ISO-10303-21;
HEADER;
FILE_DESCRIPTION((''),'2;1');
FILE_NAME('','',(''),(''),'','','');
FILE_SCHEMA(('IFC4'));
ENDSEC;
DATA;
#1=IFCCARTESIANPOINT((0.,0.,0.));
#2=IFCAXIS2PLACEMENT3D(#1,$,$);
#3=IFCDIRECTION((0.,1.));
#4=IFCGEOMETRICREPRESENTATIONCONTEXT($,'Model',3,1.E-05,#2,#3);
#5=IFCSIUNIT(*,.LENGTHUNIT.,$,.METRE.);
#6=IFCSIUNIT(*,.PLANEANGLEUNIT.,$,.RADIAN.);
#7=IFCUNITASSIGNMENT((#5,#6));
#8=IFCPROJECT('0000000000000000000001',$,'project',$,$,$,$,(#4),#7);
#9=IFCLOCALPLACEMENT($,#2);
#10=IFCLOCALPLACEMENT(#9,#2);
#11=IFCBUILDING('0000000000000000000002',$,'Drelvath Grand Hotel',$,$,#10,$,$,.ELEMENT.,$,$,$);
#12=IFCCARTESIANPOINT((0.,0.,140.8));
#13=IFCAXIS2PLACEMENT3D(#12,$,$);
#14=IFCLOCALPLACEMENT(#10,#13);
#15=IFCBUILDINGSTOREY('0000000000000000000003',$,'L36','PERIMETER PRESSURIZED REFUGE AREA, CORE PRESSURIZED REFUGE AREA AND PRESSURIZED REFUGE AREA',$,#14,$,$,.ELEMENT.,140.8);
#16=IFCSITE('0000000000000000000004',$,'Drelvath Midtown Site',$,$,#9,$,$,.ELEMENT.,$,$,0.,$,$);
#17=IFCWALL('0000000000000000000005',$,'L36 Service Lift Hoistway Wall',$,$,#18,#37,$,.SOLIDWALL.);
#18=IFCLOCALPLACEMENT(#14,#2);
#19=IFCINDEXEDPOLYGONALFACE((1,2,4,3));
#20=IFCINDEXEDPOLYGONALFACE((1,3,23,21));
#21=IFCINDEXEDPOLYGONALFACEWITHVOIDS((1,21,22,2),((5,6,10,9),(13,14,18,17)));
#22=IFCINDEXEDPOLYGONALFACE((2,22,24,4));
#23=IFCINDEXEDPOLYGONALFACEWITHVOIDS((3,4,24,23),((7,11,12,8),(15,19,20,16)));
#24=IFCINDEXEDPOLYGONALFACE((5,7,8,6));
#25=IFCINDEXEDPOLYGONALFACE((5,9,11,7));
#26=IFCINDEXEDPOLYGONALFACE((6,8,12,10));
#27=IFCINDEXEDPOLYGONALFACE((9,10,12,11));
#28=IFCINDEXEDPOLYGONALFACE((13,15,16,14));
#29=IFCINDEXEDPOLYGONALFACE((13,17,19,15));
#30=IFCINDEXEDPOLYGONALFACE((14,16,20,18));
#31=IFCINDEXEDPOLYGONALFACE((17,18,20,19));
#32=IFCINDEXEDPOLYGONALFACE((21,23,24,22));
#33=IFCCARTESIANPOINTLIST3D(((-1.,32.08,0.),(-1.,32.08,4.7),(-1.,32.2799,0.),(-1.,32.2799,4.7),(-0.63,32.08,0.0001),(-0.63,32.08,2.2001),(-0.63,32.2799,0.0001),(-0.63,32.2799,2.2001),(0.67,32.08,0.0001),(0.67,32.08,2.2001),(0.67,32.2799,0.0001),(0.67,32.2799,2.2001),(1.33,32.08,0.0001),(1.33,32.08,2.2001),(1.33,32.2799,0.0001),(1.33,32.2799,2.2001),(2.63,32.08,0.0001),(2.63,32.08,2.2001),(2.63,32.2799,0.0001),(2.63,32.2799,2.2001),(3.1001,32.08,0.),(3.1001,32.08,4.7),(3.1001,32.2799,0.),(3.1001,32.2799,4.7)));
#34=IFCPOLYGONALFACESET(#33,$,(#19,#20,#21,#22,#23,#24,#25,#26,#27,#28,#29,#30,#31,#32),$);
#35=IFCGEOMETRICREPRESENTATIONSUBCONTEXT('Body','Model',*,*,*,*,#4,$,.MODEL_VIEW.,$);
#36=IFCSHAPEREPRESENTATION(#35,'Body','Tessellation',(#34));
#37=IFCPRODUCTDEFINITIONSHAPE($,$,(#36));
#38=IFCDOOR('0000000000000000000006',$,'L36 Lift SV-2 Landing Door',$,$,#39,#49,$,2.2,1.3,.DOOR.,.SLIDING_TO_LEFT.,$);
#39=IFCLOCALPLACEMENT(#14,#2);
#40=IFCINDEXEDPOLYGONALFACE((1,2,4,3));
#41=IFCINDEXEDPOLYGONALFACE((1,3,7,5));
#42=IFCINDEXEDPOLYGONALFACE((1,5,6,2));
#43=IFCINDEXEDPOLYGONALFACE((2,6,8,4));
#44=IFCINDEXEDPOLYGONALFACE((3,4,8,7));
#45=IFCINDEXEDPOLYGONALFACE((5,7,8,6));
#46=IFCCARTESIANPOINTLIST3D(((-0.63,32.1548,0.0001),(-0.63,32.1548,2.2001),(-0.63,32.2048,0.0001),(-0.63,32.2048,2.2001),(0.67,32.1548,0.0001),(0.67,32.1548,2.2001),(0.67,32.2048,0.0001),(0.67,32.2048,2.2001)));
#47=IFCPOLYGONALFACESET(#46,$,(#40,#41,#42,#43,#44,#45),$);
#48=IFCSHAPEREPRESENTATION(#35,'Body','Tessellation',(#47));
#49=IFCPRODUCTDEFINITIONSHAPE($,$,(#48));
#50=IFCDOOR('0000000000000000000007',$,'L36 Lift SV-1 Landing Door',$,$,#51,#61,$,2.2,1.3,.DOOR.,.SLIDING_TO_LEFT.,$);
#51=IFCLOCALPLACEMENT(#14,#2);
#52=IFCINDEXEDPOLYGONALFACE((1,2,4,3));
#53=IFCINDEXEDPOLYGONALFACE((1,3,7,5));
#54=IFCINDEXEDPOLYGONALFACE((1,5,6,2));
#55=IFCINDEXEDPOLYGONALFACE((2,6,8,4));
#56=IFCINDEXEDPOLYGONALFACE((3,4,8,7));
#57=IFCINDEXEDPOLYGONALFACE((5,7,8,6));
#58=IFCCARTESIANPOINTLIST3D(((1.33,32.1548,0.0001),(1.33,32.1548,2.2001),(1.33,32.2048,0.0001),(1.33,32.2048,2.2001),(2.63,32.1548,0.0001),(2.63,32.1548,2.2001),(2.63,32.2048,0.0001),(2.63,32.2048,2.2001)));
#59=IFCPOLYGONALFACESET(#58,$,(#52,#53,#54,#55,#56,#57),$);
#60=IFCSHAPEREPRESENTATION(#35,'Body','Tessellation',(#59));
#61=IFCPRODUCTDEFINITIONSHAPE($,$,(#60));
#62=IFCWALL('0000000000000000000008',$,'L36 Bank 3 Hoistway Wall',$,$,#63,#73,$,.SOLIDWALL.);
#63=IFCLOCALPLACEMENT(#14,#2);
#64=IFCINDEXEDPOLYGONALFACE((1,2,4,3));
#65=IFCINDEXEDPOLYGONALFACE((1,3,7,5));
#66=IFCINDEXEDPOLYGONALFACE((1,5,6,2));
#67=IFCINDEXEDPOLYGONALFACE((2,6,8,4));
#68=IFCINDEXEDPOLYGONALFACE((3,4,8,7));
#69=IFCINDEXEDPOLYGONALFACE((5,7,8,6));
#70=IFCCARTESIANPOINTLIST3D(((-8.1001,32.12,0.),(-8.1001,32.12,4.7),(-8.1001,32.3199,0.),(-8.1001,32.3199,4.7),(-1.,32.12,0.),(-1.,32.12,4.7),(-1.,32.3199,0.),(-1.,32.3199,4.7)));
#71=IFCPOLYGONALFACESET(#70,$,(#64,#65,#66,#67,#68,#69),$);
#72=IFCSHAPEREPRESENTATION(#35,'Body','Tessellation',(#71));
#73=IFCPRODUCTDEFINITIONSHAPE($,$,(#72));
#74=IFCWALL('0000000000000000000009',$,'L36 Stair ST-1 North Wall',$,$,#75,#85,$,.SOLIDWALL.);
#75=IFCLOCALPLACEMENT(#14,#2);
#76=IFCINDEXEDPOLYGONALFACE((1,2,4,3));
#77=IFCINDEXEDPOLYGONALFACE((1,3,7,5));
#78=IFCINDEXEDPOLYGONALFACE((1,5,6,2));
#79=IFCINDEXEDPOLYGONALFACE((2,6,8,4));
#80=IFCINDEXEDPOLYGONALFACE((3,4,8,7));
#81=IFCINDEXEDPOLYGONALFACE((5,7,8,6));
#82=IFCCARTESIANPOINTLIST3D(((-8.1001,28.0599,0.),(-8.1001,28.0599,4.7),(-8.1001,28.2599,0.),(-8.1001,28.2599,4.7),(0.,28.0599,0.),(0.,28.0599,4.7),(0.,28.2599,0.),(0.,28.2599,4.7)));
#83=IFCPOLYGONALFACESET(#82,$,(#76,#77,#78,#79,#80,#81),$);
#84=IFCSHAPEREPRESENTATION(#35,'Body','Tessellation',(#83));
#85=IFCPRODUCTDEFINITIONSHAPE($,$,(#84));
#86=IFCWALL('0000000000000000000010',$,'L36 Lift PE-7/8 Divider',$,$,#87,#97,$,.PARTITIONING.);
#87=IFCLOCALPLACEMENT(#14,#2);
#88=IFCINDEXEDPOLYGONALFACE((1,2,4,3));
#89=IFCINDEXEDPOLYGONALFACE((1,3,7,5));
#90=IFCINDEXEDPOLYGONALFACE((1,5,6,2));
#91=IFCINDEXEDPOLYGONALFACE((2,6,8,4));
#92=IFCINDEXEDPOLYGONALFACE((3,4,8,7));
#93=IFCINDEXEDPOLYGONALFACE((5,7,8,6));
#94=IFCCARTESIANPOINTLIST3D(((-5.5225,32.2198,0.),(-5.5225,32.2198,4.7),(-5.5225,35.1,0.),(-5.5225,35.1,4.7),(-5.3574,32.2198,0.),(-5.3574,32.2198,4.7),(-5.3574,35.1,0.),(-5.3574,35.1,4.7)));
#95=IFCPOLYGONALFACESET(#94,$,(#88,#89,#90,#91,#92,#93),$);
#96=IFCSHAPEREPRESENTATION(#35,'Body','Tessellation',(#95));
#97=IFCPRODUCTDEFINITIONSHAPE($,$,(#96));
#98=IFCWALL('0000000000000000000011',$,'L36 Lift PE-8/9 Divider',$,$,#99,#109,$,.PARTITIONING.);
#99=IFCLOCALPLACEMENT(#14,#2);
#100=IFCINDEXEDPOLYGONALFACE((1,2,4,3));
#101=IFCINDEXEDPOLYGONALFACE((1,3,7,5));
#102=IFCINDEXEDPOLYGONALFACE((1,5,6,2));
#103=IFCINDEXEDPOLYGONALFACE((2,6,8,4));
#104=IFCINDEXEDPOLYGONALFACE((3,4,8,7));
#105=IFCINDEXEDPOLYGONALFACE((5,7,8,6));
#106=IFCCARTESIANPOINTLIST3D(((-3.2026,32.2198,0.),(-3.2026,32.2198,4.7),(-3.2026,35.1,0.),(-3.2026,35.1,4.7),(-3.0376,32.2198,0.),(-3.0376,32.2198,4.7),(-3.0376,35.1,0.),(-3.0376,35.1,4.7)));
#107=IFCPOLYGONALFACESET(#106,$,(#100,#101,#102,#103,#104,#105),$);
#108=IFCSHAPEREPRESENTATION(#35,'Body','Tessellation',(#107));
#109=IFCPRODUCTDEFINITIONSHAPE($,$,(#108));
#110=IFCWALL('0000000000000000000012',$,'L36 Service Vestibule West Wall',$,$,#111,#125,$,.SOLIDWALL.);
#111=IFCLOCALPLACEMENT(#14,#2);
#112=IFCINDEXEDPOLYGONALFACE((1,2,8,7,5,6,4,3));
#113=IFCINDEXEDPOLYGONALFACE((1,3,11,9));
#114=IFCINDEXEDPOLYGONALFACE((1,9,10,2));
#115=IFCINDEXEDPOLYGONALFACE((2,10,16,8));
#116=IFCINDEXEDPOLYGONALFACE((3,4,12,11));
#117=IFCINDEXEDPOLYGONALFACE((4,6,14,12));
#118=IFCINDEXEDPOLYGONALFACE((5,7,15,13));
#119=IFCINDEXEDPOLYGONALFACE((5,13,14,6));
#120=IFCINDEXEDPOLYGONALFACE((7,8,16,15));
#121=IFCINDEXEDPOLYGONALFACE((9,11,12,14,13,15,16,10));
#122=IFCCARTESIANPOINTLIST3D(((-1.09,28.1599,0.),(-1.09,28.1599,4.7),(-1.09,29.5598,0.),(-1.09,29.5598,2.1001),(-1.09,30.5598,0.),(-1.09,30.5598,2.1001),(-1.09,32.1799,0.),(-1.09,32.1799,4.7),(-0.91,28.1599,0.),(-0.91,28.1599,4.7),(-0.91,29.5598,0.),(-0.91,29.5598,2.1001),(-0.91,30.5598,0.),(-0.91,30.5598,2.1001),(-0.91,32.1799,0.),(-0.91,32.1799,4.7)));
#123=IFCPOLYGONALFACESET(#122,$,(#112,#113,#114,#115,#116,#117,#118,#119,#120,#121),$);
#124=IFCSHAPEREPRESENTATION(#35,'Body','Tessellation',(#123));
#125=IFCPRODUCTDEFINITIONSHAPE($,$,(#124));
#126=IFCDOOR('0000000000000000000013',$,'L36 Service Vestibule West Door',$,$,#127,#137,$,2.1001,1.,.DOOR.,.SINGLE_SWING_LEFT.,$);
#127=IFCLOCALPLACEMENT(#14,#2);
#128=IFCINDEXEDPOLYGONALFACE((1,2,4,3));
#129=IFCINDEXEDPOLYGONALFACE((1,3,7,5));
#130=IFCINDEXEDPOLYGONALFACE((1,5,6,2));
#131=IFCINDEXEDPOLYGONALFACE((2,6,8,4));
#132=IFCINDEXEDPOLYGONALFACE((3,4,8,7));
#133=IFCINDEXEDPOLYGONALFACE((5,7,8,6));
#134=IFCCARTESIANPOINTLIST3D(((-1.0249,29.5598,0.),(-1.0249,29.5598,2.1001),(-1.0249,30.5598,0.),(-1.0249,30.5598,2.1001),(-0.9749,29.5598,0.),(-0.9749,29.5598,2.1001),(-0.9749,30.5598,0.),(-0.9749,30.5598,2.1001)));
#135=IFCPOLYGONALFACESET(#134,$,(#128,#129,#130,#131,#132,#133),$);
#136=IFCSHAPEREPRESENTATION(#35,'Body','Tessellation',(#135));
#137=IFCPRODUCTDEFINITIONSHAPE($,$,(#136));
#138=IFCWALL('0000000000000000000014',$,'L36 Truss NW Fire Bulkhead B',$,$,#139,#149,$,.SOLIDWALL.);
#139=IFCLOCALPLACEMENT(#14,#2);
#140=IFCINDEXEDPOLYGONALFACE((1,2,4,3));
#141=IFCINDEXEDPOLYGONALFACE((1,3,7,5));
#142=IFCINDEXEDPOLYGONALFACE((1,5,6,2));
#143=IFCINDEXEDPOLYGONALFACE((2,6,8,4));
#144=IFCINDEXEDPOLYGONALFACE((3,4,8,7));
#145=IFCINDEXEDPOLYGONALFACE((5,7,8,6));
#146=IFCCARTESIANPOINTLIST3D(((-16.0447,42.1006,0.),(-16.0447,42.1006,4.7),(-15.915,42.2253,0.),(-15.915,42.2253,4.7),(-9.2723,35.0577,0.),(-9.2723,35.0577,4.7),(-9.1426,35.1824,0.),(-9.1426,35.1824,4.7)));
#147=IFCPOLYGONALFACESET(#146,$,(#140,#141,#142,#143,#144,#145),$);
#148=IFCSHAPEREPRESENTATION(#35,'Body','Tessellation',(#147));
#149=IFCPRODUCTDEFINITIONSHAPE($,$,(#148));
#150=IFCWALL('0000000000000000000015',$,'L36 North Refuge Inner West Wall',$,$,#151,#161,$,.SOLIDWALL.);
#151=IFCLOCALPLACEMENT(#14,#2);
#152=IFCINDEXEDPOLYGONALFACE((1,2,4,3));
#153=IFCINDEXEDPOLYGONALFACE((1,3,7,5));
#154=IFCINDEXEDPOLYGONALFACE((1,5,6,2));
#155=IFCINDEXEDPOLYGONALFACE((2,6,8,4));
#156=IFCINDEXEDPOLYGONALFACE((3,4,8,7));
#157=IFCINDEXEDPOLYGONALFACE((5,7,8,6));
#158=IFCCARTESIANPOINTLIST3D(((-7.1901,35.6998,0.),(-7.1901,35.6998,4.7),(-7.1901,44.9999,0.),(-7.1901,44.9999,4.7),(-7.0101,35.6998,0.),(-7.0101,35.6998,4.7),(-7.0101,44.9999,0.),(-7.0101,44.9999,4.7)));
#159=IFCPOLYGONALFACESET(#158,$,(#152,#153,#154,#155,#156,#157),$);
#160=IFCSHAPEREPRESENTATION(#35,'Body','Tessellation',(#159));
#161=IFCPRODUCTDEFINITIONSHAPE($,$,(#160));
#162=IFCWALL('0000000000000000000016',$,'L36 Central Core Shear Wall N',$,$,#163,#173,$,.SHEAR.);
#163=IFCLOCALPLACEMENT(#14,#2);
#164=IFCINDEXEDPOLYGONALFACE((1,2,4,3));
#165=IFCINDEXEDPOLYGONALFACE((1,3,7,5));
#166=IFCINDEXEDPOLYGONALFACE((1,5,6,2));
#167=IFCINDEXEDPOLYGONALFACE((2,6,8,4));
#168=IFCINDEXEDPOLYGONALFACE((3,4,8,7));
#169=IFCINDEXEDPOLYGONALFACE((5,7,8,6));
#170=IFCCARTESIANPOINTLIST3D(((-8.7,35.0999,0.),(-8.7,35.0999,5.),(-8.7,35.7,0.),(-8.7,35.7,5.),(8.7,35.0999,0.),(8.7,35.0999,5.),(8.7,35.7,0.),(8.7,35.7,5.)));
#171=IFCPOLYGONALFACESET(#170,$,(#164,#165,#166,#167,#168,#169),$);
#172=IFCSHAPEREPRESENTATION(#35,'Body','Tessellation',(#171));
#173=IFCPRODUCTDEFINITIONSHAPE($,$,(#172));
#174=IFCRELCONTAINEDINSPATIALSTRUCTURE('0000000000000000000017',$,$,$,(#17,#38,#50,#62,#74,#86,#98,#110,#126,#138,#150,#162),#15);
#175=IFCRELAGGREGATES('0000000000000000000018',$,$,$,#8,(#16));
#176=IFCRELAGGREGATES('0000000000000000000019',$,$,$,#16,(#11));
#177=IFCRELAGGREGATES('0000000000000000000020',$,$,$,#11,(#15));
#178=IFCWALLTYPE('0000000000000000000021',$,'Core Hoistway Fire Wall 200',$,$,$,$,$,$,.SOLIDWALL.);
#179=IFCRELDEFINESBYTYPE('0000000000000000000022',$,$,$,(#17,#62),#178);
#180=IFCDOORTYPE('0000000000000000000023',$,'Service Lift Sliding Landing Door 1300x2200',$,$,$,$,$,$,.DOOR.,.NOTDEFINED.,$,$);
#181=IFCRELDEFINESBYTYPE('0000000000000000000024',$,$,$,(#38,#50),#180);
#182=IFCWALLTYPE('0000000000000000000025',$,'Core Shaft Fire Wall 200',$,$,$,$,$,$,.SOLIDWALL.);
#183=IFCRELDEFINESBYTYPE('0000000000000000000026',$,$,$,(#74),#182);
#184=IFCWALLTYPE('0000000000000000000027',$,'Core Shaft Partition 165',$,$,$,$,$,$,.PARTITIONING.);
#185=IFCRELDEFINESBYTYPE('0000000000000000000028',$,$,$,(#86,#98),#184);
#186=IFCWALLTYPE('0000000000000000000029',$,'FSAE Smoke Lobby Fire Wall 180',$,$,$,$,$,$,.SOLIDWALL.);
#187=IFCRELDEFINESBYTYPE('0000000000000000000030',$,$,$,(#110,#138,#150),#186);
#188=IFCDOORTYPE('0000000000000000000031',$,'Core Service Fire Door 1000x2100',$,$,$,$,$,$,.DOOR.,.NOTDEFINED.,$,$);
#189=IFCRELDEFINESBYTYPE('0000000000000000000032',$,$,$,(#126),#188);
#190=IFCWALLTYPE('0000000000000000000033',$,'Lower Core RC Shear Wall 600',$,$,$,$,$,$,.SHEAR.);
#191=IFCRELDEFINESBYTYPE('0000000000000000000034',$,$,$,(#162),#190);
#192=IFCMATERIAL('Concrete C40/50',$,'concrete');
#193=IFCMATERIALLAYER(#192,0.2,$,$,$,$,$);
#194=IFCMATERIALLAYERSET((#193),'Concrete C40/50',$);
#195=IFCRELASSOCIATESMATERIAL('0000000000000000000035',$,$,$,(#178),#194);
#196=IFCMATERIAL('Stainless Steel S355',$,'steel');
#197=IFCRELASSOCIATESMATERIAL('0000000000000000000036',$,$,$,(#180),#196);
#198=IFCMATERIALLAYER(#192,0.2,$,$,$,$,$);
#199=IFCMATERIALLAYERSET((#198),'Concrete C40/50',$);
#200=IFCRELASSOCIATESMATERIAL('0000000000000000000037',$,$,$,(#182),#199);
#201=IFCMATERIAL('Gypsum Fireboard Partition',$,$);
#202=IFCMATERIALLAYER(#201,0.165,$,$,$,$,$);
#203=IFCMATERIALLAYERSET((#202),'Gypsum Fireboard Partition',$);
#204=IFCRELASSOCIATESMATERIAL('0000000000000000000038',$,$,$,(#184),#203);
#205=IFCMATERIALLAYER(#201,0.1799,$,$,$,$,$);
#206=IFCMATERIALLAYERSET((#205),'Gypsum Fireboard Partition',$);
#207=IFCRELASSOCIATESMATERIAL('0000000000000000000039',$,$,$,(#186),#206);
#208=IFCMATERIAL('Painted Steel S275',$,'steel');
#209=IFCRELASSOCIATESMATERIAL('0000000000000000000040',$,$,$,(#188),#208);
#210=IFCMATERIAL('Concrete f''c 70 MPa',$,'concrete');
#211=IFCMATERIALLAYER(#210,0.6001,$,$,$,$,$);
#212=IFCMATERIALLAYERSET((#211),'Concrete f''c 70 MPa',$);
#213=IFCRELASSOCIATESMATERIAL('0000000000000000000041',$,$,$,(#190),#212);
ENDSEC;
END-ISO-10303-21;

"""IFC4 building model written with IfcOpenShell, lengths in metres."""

from ifc_helpers import new_model, si_unit, direction, frame, frame_2d, origin, place, context, subcontext, project, spatial, rectangle, extrude, material, layer, layer_set, type_object, element, fill, save


model = new_model("IFC4")

# Units and contexts
model_context = context("Model", 3, precision=1e-05, world=origin(), true_north=direction((0.0, 1.0)))
body_context = subcontext(model_context, "Body", "Model", "MODEL_VIEW")
ifc_project = project(units=[si_unit("LENGTHUNIT", "METRE"), si_unit("PLANEANGLEUNIT", "RADIAN")], contexts=[model_context])

# Site, building, storey
site_placement = place(None, origin())
site = spatial("IfcSite", under=ifc_project, at=site_placement, Name="Drelvath Midtown Site", CompositionType="ELEMENT", RefElevation=0.0)
building_placement = place(site_placement, origin())
building = spatial("IfcBuilding", under=site, at=building_placement, Name="Drelvath Grand Hotel", CompositionType="ELEMENT")
storey_placement = place(building_placement, frame((0.0, 0.0, 140.8)))
storey = spatial("IfcBuildingStorey", under=building, at=storey_placement, Name="L36", Description="PERIMETER PRESSURIZED REFUGE AREA, CORE PRESSURIZED REFUGE AREA AND PRESSURIZED REFUGE AREA", CompositionType="ELEMENT", Elevation=140.8)

# Shared definitions
ifc_material_1 = material(Name="Concrete f'c 70 MPa", Category="concrete")

# Shared definitions
ifc_material_2 = material(Name="Painted Steel S275", Category="steel")

# Wall, openings, doors
ifc_material_3 = material(Name="Concrete C40/50", Category="concrete")
ifc_layer_1 = layer(ifc_material_3, 0.2)
ifc_layer_set_1 = layer_set([ifc_layer_1], Name="Concrete C40/50")
wall_type_1 = type_object("IfcWallType", Name="Core Hoistway Fire Wall 200", PredefinedType="SOLIDWALL", material=ifc_layer_set_1)
wall_1_placement = place(storey_placement, frame((-1.0, 32.1799, 0.0), z_axis=(0.0, 0.0, 1.0), x_axis=(1.0, 0.0, 0.0)))
wall_1 = element("IfcWall", 1, at=wall_1_placement, inside=storey, type_object=wall_type_1, Name="L36 Service Lift Hoistway Wall", PredefinedType="SOLIDWALL", context=body_context, shape_type="SweptSolid", body=[
    extrude(rectangle(XDim=4.1001, YDim=0.2, at=frame_2d((2.05, 0.0))), origin(), (0.0, 0.0, 1.0), 4.7),
])
opening_1_placement = place(wall_1_placement, frame((0.3701, 0.0, 0.0)))
opening_1 = element("IfcOpeningElement", 2, at=opening_1_placement, cuts=wall_1, PredefinedType="OPENING", context=body_context, shape_type="SweptSolid", body=[
    extrude(rectangle(XDim=1.3, YDim=2.2, at=frame_2d((0.6499, 1.1001))), frame((0.0, 0.1099, 0.0), z_axis=(0.0, -1.0, 0.0), x_axis=(1.0, 0.0, 0.0)), (0.0, 0.0, 1.0), 0.22),
])
opening_2_placement = place(wall_1_placement, frame((2.3301, 0.0, 0.0)))
opening_2 = element("IfcOpeningElement", 3, at=opening_2_placement, cuts=wall_1, PredefinedType="OPENING", context=body_context, shape_type="SweptSolid", body=[
    extrude(rectangle(XDim=1.3, YDim=2.2, at=frame_2d((0.6499, 1.1001))), frame((0.0, 0.1099, 0.0), z_axis=(0.0, -1.0, 0.0), x_axis=(1.0, 0.0, 0.0)), (0.0, 0.0, 1.0), 0.22),
])
ifc_material_4 = material(Name="Stainless Steel S355", Category="steel")
door_type_1 = type_object("IfcDoorType", Name="Service Lift Sliding Landing Door 1300x2200", OperationType="NOTDEFINED", PredefinedType="DOOR", material=ifc_material_4)
door_1_placement = place(opening_1_placement, origin())
door_1 = element("IfcDoor", 4, at=door_1_placement, inside=storey, type_object=door_type_1, Name="L36 Lift SV-2 Landing Door", OperationType="SLIDING_TO_LEFT", OverallHeight=2.2, OverallWidth=1.3, PredefinedType="DOOR", context=body_context, shape_type="SweptSolid", body=[
    extrude(rectangle(XDim=1.3, YDim=2.2, at=frame_2d((0.6499, 1.1001))), frame((0.0, 0.0249, 0.0), z_axis=(0.0, -1.0, 0.0), x_axis=(1.0, 0.0, 0.0)), (0.0, 0.0, 1.0), 0.05),
])
fill(opening_1, door_1)
door_2_placement = place(opening_2_placement, origin())
door_2 = element("IfcDoor", 5, at=door_2_placement, inside=storey, type_object=door_type_1, Name="L36 Lift SV-1 Landing Door", OperationType="SLIDING_TO_LEFT", OverallHeight=2.2, OverallWidth=1.3, PredefinedType="DOOR", context=body_context, shape_type="SweptSolid", body=[
    extrude(rectangle(XDim=1.3, YDim=2.2, at=frame_2d((0.6499, 1.1001))), frame((0.0, 0.0249, 0.0), z_axis=(0.0, -1.0, 0.0), x_axis=(1.0, 0.0, 0.0)), (0.0, 0.0, 1.0), 0.05),
])
fill(opening_2, door_2)

# Walls
wall_2_placement = place(storey_placement, frame((-8.1001, 32.22, 0.0), z_axis=(0.0, 0.0, 1.0), x_axis=(1.0, 0.0, 0.0)))
element("IfcWall", 6, at=wall_2_placement, inside=storey, type_object=wall_type_1, Name="L36 Bank 3 Hoistway Wall", PredefinedType="SOLIDWALL", context=body_context, shape_type="SweptSolid", body=[
    extrude(rectangle(XDim=7.1001, YDim=0.2, at=frame_2d((3.55, 0.0))), origin(), (0.0, 0.0, 1.0), 4.7),
])
ifc_layer_2 = layer(ifc_material_3, 0.2)
ifc_layer_set_2 = layer_set([ifc_layer_2], Name="Concrete C40/50")
wall_type_2 = type_object("IfcWallType", Name="Core Shaft Fire Wall 200", PredefinedType="SOLIDWALL", material=ifc_layer_set_2)
wall_3_placement = place(storey_placement, frame((-8.1001, 28.1599, 0.0), z_axis=(0.0, 0.0, 1.0), x_axis=(1.0, 0.0, 0.0)))
element("IfcWall", 7, at=wall_3_placement, inside=storey, type_object=wall_type_2, Name="L36 Stair ST-1 North Wall", PredefinedType="SOLIDWALL", context=body_context, shape_type="SweptSolid", body=[
    extrude(rectangle(XDim=8.1001, YDim=0.2, at=frame_2d((4.05, 0.0))), origin(), (0.0, 0.0, 1.0), 4.7),
])
ifc_material_5 = material(Name="Gypsum Fireboard Partition")
ifc_layer_3 = layer(ifc_material_5, 0.165)
ifc_layer_set_3 = layer_set([ifc_layer_3], Name="Gypsum Fireboard Partition")
wall_type_3 = type_object("IfcWallType", Name="Core Shaft Partition 165", PredefinedType="PARTITIONING", material=ifc_layer_set_3)
for number, where, z_axis, x_axis, name in (
    (8, (-5.4399, 32.22, 0.0), (0.0, 0.0, 1.0), (0.0, 1.0, 0.0), "L36 Lift PE-7/8 Divider"),
    (9, (-3.1201, 32.22, 0.0), (0.0, 0.0, 1.0), (0.0, 1.0, 0.0), "L36 Lift PE-8/9 Divider"),
):
    element("IfcWall", number, at=place(storey_placement, frame(where, z_axis=z_axis, x_axis=x_axis)), inside=storey, type_object=wall_type_3, Name=name, PredefinedType="PARTITIONING", context=body_context, shape_type="SweptSolid", body=[
        extrude(rectangle(XDim=2.8801, YDim=0.165, at=frame_2d((1.4399, 0.0))), origin(), (0.0, 0.0, 1.0), 4.7),
    ])

# Wall, opening, door
ifc_layer_4 = layer(ifc_material_5, 0.1799)
ifc_layer_set_4 = layer_set([ifc_layer_4], Name="Gypsum Fireboard Partition")
wall_type_4 = type_object("IfcWallType", Name="FSAE Smoke Lobby Fire Wall 180", PredefinedType="SOLIDWALL", material=ifc_layer_set_4)
wall_4_placement = place(storey_placement, frame((-1.0, 28.1599, 0.0), z_axis=(0.0, 0.0, 1.0), x_axis=(0.0, 1.0, 0.0)))
wall_4 = element("IfcWall", 10, at=wall_4_placement, inside=storey, type_object=wall_type_4, Name="L36 Service Vestibule West Wall", PredefinedType="SOLIDWALL", context=body_context, shape_type="SweptSolid", body=[
    extrude(rectangle(XDim=4.02, YDim=0.1799, at=frame_2d((2.01, 0.0))), origin(), (0.0, 0.0, 1.0), 4.7),
])
opening_3_placement = place(wall_4_placement, frame((1.3999, 0.0, 0.0)))
opening_3 = element("IfcOpeningElement", 11, at=opening_3_placement, cuts=wall_4, PredefinedType="OPENING", context=body_context, shape_type="SweptSolid", body=[
    extrude(rectangle(XDim=1.0, YDim=2.1001, at=frame_2d((0.5, 1.05))), frame((0.0, 0.0999, 0.0), z_axis=(0.0, -1.0, 0.0), x_axis=(1.0, 0.0, 0.0)), (0.0, 0.0, 1.0), 0.2),
])
door_type_2 = type_object("IfcDoorType", Name="Core Service Fire Door 1000x2100", OperationType="NOTDEFINED", PredefinedType="DOOR", material=ifc_material_2)
door_3_placement = place(opening_3_placement, origin())
door_3 = element("IfcDoor", 12, at=door_3_placement, inside=storey, type_object=door_type_2, Name="L36 Service Vestibule West Door", OperationType="SINGLE_SWING_LEFT", OverallHeight=2.1001, OverallWidth=1.0, PredefinedType="DOOR", context=body_context, shape_type="SweptSolid", body=[
    extrude(rectangle(XDim=1.0, YDim=2.1001, at=frame_2d((0.5, 1.05))), frame((0.0, 0.0249, 0.0), z_axis=(0.0, -1.0, 0.0), x_axis=(1.0, 0.0, 0.0)), (0.0, 0.0, 1.0), 0.05),
])
fill(opening_3, door_3)

# Walls
wall_5_placement = place(storey_placement, frame((-9.2075, 35.1201, 0.0), z_axis=(0.0, 0.0, 1.0), x_axis=(-0.693129, 0.720814, 0.0)))
element("IfcWall", 13, at=wall_5_placement, inside=storey, type_object=wall_type_4, Name="L36 Truss NW Fire Bulkhead B", PredefinedType="SOLIDWALL", context=body_context, shape_type="SweptSolid", body=[
    extrude(rectangle(XDim=9.7708, YDim=0.1799, at=frame_2d((4.8853, 0.0))), origin(), (0.0, 0.0, 1.0), 4.7),
])
wall_6_placement = place(storey_placement, frame((-7.1001, 35.7, 0.0), z_axis=(0.0, 0.0, 1.0), x_axis=(0.0, 1.0, 0.0)))
element("IfcWall", 14, at=wall_6_placement, inside=storey, type_object=wall_type_4, Name="L36 North Refuge Inner West Wall", PredefinedType="SOLIDWALL", context=body_context, shape_type="SweptSolid", body=[
    extrude(rectangle(XDim=9.3, YDim=0.1799, at=frame_2d((4.6499, 0.0))), origin(), (0.0, 0.0, 1.0), 4.7),
])
ifc_layer_5 = layer(ifc_material_1, 0.6001)
ifc_layer_set_5 = layer_set([ifc_layer_5], Name="Concrete f'c 70 MPa")
wall_type_5 = type_object("IfcWallType", Name="Lower Core RC Shear Wall 600", PredefinedType="SHEAR", material=ifc_layer_set_5)
wall_7_placement = place(storey_placement, frame((-8.7, 35.3999, 0.0), z_axis=(0.0, 0.0, 1.0), x_axis=(1.0, 0.0, 0.0)))
element("IfcWall", 15, at=wall_7_placement, inside=storey, type_object=wall_type_5, Name="L36 Central Core Shear Wall N", PredefinedType="SHEAR", context=body_context, shape_type="SweptSolid", body=[
    extrude(rectangle(XDim=17.3999, YDim=0.6001, at=frame_2d((8.7, 0.0))), origin(), (0.0, 0.0, 1.0), 5.0),
])

save(model, "model.ifc")
